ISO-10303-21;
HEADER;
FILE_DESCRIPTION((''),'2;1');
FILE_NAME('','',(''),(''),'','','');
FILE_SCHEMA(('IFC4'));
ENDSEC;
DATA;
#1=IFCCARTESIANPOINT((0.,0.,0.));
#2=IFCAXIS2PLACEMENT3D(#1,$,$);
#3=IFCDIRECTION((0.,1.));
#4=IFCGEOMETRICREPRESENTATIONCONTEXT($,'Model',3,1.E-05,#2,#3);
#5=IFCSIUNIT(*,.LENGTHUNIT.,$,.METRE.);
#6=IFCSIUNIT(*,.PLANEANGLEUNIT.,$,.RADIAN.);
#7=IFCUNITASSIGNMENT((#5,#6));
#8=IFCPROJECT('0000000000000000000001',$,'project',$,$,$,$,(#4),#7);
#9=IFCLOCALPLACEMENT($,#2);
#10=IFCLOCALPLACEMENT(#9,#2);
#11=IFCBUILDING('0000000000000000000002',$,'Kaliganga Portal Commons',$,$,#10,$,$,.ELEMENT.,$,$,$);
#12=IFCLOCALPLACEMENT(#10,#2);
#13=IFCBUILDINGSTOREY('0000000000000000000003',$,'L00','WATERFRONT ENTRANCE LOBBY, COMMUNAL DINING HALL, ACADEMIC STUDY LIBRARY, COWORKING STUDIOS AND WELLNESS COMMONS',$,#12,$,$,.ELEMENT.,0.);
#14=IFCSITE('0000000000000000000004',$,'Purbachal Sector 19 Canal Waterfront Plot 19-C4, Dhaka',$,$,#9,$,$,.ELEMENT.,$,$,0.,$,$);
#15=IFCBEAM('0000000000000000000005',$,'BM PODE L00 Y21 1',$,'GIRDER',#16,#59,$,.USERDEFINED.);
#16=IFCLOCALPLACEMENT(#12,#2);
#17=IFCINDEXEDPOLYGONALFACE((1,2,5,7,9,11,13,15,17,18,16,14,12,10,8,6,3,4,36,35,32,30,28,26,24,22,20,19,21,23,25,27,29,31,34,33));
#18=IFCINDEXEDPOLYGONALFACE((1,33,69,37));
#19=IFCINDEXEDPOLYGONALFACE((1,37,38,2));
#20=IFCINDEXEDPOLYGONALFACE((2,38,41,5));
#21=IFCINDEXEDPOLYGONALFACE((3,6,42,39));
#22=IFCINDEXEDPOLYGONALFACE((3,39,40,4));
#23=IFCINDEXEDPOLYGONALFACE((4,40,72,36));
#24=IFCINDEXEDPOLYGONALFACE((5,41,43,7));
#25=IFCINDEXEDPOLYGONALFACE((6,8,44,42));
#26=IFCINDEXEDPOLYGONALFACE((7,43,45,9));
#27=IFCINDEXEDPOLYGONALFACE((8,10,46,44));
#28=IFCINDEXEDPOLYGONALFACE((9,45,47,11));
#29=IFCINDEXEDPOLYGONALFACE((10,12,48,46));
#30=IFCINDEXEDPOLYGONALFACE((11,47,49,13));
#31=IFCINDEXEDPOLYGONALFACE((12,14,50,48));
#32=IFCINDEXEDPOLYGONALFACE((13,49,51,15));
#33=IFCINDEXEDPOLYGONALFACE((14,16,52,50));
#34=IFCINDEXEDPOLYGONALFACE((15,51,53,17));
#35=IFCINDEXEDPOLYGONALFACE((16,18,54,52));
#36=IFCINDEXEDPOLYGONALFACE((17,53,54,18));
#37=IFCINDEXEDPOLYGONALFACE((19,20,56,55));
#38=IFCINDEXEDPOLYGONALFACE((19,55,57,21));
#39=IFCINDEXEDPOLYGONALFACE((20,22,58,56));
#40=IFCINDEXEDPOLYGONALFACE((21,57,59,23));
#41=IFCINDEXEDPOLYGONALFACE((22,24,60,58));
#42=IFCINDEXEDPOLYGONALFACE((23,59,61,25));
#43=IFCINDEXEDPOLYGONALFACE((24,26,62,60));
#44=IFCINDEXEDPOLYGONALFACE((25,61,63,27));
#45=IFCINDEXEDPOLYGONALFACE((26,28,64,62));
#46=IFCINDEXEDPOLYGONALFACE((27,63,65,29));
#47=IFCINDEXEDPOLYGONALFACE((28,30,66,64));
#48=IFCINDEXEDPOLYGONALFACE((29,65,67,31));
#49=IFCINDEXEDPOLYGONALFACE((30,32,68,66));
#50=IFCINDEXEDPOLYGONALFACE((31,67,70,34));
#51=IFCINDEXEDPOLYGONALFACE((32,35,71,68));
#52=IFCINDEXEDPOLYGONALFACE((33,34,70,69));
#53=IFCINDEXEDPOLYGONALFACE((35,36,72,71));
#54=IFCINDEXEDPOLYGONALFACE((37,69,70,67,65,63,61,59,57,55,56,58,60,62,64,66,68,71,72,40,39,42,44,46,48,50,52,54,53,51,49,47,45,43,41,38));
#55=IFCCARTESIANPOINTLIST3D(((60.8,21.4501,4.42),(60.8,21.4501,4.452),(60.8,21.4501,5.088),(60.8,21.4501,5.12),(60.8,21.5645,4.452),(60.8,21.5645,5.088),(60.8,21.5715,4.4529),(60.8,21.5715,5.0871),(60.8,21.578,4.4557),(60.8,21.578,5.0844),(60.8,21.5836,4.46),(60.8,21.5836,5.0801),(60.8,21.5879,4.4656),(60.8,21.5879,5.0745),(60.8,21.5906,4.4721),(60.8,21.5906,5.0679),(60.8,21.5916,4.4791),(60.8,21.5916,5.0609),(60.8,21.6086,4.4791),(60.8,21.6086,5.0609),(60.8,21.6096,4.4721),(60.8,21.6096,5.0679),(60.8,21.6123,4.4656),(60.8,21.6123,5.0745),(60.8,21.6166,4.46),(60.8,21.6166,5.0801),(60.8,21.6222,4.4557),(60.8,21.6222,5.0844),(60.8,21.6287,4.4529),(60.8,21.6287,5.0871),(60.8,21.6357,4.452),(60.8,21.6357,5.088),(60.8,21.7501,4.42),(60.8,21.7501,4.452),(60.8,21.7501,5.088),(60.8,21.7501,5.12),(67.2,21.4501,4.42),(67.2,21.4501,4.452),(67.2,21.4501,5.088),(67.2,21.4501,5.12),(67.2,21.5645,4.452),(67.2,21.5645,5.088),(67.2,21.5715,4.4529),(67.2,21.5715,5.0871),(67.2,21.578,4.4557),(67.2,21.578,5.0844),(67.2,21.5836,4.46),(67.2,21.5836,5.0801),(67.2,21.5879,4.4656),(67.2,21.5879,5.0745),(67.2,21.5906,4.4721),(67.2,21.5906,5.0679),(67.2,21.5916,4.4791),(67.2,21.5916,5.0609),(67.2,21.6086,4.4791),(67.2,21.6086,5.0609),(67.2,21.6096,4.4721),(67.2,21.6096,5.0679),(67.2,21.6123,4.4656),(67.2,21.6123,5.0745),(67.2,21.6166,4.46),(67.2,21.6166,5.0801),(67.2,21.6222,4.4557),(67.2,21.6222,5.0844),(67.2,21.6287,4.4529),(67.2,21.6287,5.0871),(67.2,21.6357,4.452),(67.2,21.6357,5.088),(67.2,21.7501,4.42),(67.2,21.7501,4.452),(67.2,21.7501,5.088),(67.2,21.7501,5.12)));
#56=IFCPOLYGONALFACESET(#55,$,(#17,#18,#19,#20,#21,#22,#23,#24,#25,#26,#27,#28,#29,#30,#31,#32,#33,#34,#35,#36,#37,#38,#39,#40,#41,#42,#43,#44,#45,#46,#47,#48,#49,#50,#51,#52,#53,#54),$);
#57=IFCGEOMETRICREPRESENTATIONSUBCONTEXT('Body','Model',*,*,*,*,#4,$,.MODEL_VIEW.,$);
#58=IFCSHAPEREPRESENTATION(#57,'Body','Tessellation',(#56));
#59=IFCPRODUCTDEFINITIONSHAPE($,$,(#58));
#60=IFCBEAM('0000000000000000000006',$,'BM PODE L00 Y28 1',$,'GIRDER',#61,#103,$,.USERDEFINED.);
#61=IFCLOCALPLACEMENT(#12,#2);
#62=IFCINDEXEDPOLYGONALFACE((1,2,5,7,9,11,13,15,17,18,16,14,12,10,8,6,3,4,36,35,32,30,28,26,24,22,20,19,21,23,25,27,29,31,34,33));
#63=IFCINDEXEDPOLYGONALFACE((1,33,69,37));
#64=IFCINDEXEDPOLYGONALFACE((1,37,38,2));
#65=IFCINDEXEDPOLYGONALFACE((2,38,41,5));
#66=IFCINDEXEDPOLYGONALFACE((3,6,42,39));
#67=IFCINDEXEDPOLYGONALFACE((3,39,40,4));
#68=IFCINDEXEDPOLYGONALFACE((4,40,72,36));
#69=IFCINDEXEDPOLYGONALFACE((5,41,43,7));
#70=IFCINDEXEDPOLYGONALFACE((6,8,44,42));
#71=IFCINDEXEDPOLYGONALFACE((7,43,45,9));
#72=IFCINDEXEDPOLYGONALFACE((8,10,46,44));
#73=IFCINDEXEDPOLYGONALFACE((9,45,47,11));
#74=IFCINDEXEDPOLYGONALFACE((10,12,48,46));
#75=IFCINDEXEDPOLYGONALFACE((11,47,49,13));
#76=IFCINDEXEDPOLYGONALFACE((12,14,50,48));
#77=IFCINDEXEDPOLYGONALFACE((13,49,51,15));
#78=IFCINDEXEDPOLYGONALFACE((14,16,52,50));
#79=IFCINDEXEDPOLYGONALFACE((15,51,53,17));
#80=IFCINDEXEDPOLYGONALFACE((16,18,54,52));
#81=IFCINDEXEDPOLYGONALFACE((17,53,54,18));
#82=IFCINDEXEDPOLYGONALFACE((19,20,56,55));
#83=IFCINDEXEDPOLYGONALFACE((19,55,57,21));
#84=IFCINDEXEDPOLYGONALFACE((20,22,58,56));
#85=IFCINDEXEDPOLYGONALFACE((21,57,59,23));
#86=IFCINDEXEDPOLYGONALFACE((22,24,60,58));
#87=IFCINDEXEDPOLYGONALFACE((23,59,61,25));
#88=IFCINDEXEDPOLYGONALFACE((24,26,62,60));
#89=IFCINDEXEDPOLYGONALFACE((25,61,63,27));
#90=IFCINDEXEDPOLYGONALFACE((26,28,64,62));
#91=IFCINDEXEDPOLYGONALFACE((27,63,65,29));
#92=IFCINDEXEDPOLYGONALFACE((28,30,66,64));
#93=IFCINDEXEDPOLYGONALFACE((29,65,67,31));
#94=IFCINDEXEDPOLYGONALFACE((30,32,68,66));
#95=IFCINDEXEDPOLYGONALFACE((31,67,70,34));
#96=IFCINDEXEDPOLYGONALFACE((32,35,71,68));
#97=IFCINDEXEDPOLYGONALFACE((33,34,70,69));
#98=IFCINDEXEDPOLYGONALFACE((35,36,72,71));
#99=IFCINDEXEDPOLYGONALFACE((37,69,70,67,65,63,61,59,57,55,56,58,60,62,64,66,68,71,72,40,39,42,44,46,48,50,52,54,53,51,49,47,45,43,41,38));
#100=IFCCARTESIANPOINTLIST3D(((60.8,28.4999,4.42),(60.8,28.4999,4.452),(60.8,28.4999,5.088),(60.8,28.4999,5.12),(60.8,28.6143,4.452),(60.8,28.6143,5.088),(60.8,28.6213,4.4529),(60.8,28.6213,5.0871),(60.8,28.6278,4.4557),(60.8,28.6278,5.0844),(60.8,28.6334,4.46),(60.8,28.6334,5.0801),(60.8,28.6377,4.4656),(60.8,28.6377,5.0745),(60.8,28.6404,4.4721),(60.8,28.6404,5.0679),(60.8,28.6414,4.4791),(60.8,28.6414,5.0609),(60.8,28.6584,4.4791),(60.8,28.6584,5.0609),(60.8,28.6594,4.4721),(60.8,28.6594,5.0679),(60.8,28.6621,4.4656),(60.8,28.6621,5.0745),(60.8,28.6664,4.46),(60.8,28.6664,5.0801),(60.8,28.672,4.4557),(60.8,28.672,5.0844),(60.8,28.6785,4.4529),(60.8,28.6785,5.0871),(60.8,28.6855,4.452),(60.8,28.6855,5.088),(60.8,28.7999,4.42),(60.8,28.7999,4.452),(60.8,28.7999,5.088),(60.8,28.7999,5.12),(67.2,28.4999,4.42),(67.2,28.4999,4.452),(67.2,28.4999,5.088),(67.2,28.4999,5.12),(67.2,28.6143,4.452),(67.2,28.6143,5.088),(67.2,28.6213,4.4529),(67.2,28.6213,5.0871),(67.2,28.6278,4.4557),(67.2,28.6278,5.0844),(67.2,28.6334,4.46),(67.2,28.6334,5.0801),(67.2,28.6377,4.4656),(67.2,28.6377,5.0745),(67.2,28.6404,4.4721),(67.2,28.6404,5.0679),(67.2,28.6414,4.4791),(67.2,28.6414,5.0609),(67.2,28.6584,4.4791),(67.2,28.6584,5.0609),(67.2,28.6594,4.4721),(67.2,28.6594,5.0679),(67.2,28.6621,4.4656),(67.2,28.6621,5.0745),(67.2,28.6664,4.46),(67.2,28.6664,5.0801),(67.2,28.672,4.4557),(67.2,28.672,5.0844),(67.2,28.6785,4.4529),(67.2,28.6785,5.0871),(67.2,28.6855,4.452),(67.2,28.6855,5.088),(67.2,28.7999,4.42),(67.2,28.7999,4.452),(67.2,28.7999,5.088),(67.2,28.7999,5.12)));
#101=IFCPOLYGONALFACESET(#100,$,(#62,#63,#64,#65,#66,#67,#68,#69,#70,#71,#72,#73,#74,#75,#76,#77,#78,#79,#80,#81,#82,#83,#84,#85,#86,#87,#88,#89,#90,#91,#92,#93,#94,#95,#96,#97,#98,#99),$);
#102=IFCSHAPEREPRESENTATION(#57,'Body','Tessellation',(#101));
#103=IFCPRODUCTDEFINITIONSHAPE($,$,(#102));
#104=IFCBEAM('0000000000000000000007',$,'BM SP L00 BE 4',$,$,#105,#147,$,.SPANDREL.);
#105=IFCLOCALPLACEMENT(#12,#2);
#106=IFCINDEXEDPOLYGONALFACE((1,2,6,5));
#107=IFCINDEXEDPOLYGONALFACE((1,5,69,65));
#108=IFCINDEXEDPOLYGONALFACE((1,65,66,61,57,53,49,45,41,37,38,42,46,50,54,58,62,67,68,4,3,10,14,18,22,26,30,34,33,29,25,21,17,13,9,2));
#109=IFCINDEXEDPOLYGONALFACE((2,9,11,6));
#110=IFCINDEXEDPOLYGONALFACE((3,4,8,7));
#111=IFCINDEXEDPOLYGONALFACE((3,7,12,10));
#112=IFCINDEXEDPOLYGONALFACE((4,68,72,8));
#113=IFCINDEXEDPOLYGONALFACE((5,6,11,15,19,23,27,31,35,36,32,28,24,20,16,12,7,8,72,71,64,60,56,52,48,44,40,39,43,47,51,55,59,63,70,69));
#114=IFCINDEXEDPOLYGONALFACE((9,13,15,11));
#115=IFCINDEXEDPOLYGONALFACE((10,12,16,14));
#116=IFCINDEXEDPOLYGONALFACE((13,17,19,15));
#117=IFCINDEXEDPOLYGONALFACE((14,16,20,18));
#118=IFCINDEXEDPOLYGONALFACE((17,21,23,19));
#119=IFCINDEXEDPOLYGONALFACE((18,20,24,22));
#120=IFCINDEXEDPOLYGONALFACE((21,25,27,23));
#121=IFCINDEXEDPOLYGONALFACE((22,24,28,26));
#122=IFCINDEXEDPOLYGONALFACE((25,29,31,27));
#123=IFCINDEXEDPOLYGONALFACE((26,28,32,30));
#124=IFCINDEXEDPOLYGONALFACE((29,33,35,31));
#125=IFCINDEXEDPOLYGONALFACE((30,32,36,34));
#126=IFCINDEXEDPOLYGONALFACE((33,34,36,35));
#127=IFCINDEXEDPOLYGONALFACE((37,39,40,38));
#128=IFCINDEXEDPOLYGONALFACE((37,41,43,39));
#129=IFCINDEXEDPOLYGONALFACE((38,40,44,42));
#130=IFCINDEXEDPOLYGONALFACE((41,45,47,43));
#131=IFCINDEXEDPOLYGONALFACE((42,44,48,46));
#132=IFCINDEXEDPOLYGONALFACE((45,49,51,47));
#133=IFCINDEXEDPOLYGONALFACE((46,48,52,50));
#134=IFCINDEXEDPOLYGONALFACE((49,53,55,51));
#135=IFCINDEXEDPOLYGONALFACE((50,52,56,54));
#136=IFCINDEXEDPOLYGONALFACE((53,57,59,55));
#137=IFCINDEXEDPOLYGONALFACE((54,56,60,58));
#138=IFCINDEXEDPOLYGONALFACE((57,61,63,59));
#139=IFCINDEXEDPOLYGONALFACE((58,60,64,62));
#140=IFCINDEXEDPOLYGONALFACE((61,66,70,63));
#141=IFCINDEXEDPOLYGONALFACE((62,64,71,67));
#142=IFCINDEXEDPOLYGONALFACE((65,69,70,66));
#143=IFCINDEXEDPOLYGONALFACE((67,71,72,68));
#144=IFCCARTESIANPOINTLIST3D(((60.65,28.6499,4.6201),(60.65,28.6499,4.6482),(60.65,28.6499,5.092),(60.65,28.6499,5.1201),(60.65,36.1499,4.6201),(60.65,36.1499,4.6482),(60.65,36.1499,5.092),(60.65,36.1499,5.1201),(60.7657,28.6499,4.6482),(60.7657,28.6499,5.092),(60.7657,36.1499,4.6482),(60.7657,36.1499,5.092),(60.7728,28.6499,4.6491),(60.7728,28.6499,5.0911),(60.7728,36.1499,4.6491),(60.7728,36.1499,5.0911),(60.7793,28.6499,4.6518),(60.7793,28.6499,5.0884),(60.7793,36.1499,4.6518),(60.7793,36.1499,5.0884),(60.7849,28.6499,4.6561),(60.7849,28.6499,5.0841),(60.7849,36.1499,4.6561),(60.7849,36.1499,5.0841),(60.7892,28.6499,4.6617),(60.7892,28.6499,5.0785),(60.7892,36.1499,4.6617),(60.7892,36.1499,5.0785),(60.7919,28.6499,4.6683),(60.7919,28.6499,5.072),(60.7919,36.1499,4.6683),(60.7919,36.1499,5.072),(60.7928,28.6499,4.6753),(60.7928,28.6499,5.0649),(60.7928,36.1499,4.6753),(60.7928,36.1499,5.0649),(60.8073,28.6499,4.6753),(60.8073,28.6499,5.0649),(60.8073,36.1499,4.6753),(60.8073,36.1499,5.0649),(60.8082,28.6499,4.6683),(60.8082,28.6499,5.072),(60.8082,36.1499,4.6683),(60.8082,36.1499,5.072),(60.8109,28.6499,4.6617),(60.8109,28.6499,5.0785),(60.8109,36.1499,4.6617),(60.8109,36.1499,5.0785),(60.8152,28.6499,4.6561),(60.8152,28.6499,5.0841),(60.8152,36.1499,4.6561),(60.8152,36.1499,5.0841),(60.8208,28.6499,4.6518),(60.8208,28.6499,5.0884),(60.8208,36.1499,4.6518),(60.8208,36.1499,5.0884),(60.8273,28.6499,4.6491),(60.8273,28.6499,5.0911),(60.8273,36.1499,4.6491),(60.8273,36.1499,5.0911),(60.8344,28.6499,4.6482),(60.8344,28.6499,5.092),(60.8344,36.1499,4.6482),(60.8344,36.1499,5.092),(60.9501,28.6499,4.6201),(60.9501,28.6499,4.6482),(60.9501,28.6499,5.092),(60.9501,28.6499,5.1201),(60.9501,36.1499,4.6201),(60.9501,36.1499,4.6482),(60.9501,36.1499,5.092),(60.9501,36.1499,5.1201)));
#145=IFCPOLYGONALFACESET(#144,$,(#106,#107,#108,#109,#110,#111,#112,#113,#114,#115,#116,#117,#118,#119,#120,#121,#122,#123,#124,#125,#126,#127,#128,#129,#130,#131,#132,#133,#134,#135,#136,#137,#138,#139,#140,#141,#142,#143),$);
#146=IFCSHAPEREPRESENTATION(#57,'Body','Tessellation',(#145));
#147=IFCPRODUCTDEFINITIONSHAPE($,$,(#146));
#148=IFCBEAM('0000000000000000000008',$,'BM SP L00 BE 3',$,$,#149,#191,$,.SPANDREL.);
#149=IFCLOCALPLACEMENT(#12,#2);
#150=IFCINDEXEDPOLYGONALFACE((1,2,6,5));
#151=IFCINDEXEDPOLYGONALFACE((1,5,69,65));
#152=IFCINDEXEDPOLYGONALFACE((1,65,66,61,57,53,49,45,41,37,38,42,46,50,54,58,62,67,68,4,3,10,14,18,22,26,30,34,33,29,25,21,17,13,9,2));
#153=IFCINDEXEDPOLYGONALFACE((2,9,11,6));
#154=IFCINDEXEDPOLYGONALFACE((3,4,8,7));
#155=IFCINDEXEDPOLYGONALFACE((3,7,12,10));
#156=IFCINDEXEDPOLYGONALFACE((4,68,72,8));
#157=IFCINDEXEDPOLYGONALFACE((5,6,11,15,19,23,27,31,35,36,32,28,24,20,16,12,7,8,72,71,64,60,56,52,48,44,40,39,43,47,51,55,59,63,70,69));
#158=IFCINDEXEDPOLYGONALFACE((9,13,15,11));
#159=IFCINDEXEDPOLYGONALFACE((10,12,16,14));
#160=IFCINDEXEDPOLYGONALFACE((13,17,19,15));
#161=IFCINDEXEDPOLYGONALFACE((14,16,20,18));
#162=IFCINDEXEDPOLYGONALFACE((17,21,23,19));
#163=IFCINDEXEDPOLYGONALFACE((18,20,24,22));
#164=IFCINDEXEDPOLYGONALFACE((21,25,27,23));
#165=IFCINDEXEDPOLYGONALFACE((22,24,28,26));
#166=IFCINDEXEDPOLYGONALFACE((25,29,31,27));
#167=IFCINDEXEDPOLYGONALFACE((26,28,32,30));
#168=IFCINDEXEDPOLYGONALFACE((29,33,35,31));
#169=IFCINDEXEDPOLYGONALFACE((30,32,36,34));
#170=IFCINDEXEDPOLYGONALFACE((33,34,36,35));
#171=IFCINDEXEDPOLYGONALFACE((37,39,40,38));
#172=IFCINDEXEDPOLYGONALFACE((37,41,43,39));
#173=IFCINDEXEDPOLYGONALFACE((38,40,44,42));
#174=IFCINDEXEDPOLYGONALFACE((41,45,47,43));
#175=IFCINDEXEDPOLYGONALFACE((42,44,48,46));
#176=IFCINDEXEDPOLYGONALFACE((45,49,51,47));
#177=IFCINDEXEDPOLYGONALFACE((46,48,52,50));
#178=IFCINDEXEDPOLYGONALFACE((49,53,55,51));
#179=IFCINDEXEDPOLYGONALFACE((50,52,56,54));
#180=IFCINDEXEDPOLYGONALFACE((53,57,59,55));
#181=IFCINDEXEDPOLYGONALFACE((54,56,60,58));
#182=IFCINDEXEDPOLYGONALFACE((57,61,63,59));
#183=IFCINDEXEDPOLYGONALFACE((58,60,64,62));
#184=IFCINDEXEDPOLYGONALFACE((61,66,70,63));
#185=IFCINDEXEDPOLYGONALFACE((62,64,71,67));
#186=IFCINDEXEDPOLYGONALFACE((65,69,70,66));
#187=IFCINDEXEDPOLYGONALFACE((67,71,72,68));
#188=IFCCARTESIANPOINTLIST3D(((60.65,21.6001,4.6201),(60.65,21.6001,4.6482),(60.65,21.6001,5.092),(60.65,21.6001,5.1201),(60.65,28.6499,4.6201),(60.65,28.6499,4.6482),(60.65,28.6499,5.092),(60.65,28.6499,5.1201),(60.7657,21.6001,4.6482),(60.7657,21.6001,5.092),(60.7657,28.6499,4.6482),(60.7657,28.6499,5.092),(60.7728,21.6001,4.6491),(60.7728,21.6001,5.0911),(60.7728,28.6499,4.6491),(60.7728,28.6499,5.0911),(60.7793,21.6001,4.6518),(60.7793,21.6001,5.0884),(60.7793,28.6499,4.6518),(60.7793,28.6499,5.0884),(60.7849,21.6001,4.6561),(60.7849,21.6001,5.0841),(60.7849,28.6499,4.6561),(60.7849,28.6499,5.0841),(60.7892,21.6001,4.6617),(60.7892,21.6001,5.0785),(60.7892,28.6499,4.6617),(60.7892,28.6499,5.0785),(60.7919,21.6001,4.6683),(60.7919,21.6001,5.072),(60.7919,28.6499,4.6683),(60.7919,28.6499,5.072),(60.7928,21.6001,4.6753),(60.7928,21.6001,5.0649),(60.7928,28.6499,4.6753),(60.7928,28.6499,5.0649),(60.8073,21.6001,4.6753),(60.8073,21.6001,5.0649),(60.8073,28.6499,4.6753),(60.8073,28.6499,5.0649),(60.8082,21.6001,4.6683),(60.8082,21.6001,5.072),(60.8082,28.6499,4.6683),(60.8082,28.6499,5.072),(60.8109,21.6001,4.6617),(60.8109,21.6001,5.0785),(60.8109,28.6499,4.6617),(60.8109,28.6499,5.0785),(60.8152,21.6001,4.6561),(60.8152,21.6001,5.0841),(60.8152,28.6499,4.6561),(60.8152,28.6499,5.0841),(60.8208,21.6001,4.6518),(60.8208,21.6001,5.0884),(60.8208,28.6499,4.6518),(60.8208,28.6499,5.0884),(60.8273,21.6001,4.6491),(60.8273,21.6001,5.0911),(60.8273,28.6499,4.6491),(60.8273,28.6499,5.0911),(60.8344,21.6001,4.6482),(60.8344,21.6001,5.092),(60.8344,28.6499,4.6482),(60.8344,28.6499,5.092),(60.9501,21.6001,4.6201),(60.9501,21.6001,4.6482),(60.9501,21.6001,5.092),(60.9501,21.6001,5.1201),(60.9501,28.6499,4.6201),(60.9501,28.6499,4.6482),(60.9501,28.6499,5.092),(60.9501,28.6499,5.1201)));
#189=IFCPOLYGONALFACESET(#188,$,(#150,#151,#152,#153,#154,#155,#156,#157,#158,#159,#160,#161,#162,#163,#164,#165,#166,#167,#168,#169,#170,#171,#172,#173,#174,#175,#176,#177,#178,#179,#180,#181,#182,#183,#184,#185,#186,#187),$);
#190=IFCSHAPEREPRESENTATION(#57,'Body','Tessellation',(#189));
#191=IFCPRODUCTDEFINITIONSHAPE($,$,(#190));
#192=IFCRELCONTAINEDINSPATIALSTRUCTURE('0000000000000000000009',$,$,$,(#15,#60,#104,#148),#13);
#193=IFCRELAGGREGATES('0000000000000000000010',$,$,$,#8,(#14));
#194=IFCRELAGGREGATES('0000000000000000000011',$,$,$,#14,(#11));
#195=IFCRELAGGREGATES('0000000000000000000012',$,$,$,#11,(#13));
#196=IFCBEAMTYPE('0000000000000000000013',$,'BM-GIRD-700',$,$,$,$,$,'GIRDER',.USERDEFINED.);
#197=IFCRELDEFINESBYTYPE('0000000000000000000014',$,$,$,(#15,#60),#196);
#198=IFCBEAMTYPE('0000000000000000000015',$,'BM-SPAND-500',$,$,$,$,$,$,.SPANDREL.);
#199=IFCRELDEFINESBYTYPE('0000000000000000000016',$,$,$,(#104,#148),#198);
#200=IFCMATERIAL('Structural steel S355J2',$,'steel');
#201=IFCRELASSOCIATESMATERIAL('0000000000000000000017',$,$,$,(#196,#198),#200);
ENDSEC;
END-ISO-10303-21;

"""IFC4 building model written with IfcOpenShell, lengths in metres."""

from ifc_helpers import new_model, si_unit, direction, frame, origin, origin_2d, place, context, subcontext, project, spatial, i_section, extrude, source, transform, mapped, material, material_profile, profile_set, type_object, element, save


model = new_model("IFC4")

# Units and contexts
model_context = context("Model", 3, precision=1e-05, world=origin(), true_north=direction((0.0, 1.0)))
body_context = subcontext(model_context, "Body", "Model", "MODEL_VIEW")
ifc_project = project(units=[si_unit("LENGTHUNIT", "METRE"), si_unit("PLANEANGLEUNIT", "RADIAN")], contexts=[model_context])

# Site, building, storey
site_placement = place(None, origin())
site = spatial("IfcSite", under=ifc_project, at=site_placement, Name="Purbachal Sector 19 Canal Waterfront Plot 19-C4, Dhaka", CompositionType="ELEMENT", RefElevation=0.0)
building_placement = place(site_placement, origin())
building = spatial("IfcBuilding", under=site, at=building_placement, Name="Kaliganga Portal Commons", CompositionType="ELEMENT")
storey_placement = place(building_placement, origin())
storey = spatial("IfcBuildingStorey", under=building, at=storey_placement, Name="L00", Description="WATERFRONT ENTRANCE LOBBY, COMMUNAL DINING HALL, ACADEMIC STUDY LIBRARY, COWORKING STUDIOS AND WELLNESS COMMONS", CompositionType="ELEMENT", Elevation=0.0)

# Beams
ifc_material_1 = material(Name="Structural steel S355J2", Category="steel")
ifc_material_profile_1 = material_profile(ifc_material_1, i_section(OverallWidth=0.3, OverallDepth=0.7, WebThickness=0.0171, FlangeThickness=0.032, FilletRadius=0.0271, at=origin_2d()), Name="HE 700 B")
ifc_profile_set_1 = profile_set([ifc_material_profile_1], Name="Structural steel S355J2 wide-flange")
beam_type_1 = type_object("IfcBeamType", Name="BM-GIRD-700", ElementType="GIRDER", PredefinedType="USERDEFINED", material=ifc_profile_set_1)
shared_shape_1 = source(origin(), body_context, "Body", "SweptSolid", [
    extrude(i_section(OverallWidth=0.3, OverallDepth=0.7, WebThickness=0.0171, FlangeThickness=0.032, FilletRadius=0.0271, at=origin_2d()), origin(), (0.0, 0.0, 1.0), 6.3999),
])
for number, where, z_axis, x_axis, name in (
    (1, (60.8, 21.6001, 4.77), (1.0, 0.0, 0.0), (0.0, 1.0, 0.0), "BM PODE L00 Y21 1"),
    (2, (60.8, 28.6499, 4.77), (1.0, 0.0, 0.0), (0.0, 1.0, 0.0), "BM PODE L00 Y28 1"),
):
    element("IfcBeam", number, at=place(storey_placement, frame(where, z_axis=z_axis, x_axis=x_axis)), inside=storey, type_object=beam_type_1, Name=name, ObjectType="GIRDER", PredefinedType="USERDEFINED", context=body_context, shape_type="MappedRepresentation", body=[
        mapped(shared_shape_1, transform((0.0, 0.0, 0.0), x_axis=(1.0, 0.0, 0.0), y_axis=(0.0, 1.0, 0.0), z_axis=(0.0, 0.0, 1.0), scale=1.0)),
    ])
ifc_material_profile_2 = material_profile(ifc_material_1, i_section(OverallWidth=0.3, OverallDepth=0.5, WebThickness=0.0144, FlangeThickness=0.0281, FilletRadius=0.0271, at=origin_2d()), Name="HE 500 B")
ifc_profile_set_2 = profile_set([ifc_material_profile_2], Name="Structural steel S355J2 wide-flange")
beam_type_2 = type_object("IfcBeamType", Name="BM-SPAND-500", PredefinedType="SPANDREL", material=ifc_profile_set_2)
shared_shape_2 = source(origin(), body_context, "Body", "SweptSolid", [
    extrude(i_section(OverallWidth=0.3, OverallDepth=0.5, WebThickness=0.0144, FlangeThickness=0.0281, FilletRadius=0.0271, at=origin_2d()), origin(), (0.0, 0.0, 1.0), 7.5),
])
beam_1_placement = place(storey_placement, frame((60.8, 28.6499, 4.8701), z_axis=(0.0, 1.0, 0.0), x_axis=(-1.0, 0.0, 0.0)))
element("IfcBeam", 3, at=beam_1_placement, inside=storey, type_object=beam_type_2, Name="BM SP L00 BE 4", PredefinedType="SPANDREL", context=body_context, shape_type="MappedRepresentation", body=[
    mapped(shared_shape_2, transform((0.0, 0.0, 0.0), x_axis=(1.0, 0.0, 0.0), y_axis=(0.0, 1.0, 0.0), z_axis=(0.0, 0.0, 1.0), scale=1.0)),
])
shared_shape_3 = source(origin(), body_context, "Body", "SweptSolid", [
    extrude(i_section(OverallWidth=0.3, OverallDepth=0.5, WebThickness=0.0144, FlangeThickness=0.0281, FilletRadius=0.0271, at=origin_2d()), origin(), (0.0, 0.0, 1.0), 7.0498),
])
beam_2_placement = place(storey_placement, frame((60.8, 21.6001, 4.8701), z_axis=(0.0, 1.0, 0.0), x_axis=(-1.0, 0.0, 0.0)))
element("IfcBeam", 4, at=beam_2_placement, inside=storey, type_object=beam_type_2, Name="BM SP L00 BE 3", PredefinedType="SPANDREL", context=body_context, shape_type="MappedRepresentation", body=[
    mapped(shared_shape_3, transform((0.0, 0.0, 0.0), x_axis=(1.0, 0.0, 0.0), y_axis=(0.0, 1.0, 0.0), z_axis=(0.0, 0.0, 1.0), scale=1.0)),
])

save(model, "model.ifc")
